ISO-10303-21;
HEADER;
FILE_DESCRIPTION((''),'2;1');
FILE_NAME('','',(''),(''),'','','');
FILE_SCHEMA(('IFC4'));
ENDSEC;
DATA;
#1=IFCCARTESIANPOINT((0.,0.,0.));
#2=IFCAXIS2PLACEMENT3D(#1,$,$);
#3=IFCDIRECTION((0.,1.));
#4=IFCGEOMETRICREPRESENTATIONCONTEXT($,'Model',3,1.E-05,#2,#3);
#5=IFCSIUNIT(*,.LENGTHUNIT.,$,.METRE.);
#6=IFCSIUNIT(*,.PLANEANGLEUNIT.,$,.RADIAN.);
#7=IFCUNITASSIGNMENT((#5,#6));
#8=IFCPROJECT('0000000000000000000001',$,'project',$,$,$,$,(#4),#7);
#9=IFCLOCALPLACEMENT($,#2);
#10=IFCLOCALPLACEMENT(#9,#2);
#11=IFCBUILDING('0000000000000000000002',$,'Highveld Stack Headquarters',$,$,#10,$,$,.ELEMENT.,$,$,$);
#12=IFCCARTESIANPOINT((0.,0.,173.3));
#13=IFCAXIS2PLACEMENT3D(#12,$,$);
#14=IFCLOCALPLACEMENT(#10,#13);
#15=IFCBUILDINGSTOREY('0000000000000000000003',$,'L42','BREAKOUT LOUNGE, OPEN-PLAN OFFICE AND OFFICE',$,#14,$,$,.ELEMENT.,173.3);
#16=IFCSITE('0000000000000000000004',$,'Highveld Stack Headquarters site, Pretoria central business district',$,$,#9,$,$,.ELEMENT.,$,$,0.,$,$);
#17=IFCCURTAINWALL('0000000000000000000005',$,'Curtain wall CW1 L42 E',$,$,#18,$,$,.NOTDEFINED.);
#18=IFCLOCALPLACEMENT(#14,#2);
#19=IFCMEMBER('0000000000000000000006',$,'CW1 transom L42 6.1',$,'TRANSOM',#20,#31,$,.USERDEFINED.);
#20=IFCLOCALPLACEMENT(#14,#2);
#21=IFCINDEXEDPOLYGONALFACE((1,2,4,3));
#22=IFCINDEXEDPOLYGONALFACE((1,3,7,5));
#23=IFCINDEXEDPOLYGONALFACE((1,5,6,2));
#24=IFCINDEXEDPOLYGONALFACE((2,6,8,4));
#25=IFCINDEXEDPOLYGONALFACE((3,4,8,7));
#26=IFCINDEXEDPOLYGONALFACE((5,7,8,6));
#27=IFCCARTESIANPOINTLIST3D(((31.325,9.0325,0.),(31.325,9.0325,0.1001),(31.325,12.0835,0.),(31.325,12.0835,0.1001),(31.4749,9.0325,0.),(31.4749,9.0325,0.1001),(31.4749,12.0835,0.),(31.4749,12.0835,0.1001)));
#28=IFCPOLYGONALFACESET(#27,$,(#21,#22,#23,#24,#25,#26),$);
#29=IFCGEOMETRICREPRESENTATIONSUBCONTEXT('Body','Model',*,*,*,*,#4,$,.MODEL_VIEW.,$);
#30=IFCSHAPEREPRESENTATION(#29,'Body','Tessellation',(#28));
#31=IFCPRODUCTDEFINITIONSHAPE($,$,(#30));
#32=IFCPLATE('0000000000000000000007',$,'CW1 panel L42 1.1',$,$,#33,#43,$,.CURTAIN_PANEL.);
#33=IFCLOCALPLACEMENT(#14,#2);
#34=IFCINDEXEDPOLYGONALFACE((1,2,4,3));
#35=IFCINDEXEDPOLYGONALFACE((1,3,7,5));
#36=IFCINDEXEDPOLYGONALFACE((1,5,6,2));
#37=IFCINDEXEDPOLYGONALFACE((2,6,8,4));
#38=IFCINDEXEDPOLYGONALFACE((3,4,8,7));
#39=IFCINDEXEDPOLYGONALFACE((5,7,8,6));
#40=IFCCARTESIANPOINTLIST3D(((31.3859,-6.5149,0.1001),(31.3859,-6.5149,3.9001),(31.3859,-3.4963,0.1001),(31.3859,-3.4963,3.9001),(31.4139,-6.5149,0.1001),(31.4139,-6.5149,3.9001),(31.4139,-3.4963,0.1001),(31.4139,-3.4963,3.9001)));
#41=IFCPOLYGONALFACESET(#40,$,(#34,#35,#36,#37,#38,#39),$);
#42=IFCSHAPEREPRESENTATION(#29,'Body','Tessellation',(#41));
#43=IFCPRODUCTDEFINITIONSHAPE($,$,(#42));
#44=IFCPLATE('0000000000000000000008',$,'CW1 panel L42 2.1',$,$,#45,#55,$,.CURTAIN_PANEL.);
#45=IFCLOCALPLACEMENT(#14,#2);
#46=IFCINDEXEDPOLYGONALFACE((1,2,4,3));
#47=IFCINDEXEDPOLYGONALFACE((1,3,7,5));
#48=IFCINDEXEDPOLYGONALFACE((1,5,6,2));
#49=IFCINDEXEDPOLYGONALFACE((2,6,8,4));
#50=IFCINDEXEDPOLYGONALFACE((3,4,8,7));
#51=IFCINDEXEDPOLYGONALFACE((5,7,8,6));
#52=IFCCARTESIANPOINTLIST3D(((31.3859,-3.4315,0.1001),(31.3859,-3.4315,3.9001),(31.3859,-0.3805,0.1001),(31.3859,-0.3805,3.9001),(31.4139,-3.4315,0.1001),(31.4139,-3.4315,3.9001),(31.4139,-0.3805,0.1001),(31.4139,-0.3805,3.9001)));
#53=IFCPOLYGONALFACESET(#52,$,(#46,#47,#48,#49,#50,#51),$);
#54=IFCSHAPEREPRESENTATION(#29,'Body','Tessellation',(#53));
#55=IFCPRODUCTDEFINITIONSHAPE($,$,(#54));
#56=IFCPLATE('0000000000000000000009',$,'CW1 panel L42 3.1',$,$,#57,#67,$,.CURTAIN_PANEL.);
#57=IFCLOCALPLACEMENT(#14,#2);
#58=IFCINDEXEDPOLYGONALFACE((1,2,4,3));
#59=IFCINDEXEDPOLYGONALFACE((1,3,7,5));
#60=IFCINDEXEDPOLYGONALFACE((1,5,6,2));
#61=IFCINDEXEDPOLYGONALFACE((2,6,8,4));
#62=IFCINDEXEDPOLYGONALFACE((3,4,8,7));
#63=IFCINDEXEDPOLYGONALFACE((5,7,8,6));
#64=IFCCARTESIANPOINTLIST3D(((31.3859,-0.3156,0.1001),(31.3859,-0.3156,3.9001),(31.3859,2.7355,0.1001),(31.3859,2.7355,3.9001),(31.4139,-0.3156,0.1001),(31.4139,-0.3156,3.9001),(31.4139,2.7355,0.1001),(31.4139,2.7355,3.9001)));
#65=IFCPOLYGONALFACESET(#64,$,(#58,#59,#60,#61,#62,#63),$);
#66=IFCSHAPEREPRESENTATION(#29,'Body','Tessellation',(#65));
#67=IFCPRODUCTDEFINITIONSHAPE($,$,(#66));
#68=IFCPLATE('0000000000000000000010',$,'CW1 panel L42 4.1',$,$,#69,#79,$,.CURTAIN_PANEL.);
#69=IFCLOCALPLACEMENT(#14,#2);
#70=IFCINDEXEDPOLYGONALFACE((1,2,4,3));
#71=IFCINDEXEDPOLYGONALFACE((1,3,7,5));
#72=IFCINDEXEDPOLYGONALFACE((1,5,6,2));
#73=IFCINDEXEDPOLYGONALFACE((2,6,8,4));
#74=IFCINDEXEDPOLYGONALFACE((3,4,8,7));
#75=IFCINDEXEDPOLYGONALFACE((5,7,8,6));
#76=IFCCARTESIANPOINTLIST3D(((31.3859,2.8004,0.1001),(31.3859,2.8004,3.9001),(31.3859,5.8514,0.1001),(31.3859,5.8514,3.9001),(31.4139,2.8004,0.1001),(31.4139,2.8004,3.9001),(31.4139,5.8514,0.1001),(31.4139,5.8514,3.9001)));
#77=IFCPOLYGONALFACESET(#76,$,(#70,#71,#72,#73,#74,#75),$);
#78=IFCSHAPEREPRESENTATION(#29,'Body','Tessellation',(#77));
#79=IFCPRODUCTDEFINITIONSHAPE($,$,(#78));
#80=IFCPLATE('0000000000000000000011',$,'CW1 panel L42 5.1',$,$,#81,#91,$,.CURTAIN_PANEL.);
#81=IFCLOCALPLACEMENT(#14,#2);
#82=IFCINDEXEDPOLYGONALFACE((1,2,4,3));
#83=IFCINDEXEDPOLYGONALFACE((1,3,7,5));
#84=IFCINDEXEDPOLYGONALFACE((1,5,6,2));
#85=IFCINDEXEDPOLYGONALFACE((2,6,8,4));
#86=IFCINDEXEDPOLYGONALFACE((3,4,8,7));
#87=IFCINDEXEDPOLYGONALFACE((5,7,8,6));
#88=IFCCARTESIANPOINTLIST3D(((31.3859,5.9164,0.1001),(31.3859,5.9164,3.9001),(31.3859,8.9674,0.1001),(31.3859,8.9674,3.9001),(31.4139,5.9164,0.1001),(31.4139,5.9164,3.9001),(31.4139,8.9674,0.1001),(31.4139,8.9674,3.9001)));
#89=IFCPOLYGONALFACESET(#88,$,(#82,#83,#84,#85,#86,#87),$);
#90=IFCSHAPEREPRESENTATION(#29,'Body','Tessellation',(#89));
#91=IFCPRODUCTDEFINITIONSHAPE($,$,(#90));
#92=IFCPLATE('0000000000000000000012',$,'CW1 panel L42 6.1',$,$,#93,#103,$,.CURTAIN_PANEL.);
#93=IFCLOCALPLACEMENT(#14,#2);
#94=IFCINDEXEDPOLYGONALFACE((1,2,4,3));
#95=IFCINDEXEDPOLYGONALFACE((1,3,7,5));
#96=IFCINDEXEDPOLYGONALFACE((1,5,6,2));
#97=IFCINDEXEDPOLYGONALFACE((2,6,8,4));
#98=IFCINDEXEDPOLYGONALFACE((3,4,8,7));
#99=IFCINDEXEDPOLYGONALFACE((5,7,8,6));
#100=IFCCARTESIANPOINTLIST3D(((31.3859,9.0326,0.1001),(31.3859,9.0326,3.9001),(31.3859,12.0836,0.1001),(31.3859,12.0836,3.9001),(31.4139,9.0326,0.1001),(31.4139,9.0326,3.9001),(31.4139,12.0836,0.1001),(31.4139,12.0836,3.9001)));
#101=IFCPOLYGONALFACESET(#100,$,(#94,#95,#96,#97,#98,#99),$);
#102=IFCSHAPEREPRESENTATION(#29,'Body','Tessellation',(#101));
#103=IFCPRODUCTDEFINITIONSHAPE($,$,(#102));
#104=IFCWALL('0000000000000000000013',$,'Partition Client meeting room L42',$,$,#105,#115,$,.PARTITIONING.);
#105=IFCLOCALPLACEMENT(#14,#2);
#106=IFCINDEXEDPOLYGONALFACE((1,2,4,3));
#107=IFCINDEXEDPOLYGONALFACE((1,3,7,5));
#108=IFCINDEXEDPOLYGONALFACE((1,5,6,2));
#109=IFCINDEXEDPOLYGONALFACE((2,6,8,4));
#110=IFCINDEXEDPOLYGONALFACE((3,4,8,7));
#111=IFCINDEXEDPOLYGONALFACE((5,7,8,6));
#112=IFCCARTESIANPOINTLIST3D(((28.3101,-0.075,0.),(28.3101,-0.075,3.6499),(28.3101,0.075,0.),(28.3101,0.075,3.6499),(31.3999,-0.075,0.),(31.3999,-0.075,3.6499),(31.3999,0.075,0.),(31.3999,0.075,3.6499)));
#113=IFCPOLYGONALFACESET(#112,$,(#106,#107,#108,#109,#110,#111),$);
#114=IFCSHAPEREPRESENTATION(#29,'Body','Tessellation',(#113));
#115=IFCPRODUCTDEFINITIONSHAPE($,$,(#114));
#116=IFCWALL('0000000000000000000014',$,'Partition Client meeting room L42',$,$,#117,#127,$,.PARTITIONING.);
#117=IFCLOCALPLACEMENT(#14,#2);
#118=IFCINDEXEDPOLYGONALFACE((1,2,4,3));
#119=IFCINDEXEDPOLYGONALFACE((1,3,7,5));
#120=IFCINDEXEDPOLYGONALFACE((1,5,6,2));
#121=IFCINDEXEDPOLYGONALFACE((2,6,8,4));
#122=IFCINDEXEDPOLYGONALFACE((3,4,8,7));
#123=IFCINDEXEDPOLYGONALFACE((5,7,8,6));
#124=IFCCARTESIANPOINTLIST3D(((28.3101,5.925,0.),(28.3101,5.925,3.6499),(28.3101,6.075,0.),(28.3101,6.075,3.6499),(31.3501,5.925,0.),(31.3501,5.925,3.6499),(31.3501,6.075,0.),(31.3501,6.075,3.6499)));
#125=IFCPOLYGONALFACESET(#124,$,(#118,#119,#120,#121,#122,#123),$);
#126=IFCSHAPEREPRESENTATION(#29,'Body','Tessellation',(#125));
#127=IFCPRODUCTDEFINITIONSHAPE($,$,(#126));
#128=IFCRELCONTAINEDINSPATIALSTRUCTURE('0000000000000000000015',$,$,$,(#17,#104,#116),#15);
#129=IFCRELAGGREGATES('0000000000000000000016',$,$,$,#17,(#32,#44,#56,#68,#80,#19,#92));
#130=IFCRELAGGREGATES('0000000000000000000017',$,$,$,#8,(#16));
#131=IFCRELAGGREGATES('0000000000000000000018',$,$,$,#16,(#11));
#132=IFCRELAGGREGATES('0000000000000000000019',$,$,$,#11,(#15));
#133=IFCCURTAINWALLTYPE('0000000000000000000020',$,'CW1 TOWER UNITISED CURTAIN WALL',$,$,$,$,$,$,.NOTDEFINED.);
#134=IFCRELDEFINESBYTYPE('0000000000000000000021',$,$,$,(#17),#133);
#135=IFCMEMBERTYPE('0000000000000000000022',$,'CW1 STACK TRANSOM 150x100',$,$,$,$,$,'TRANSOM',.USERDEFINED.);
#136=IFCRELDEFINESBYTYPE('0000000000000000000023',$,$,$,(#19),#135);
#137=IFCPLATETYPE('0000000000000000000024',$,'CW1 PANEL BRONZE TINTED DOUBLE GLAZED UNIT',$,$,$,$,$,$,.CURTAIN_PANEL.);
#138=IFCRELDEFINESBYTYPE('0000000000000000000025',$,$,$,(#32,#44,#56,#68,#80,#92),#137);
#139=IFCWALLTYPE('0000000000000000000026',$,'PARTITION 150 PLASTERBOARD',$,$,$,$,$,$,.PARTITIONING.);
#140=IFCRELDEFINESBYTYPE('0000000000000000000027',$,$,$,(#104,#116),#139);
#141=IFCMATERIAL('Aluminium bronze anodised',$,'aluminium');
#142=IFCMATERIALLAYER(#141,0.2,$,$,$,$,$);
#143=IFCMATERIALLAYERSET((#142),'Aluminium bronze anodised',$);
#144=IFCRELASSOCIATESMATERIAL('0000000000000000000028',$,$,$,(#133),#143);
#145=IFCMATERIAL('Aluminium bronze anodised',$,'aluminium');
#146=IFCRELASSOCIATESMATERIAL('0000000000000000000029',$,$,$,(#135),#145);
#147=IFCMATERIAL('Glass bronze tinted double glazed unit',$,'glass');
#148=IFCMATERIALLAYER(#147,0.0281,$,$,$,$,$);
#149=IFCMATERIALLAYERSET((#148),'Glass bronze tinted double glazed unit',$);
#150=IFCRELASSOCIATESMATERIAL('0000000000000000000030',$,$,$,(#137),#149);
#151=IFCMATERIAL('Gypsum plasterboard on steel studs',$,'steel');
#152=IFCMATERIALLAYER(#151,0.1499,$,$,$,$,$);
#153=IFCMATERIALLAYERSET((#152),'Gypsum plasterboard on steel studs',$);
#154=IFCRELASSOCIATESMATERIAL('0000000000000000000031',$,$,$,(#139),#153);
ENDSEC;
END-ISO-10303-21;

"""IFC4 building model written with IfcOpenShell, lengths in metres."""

from ifc_helpers import new_model, si_unit, direction, frame, frame_2d, origin, origin_2d, place, context, subcontext, project, spatial, rectangle, extrude, material, layer, layer_set, material_profile, profile_set, type_object, element, aggregate, save


model = new_model("IFC4")

# Units and contexts
model_context = context("Model", 3, precision=1e-05, world=origin(), true_north=direction((0.0, 1.0)))
body_context = subcontext(model_context, "Body", "Model", "MODEL_VIEW")
ifc_project = project(units=[si_unit("LENGTHUNIT", "METRE"), si_unit("PLANEANGLEUNIT", "RADIAN")], contexts=[model_context])

# Site, building, storey
site_placement = place(None, origin())
site = spatial("IfcSite", under=ifc_project, at=site_placement, Name="Highveld Stack Headquarters site, Pretoria central business district", CompositionType="ELEMENT", RefElevation=0.0)
building_placement = place(site_placement, origin())
building = spatial("IfcBuilding", under=site, at=building_placement, Name="Highveld Stack Headquarters", CompositionType="ELEMENT")
storey_placement = place(building_placement, frame((0.0, 0.0, 173.3)))
storey = spatial("IfcBuildingStorey", under=building, at=storey_placement, Name="L42", Description="BREAKOUT LOUNGE, OPEN-PLAN OFFICE AND OFFICE", CompositionType="ELEMENT", Elevation=173.3)

# Curtain wall, member, plates
ifc_material_1 = material(Name="Aluminium bronze anodised", Category="aluminium")
ifc_layer_1 = layer(ifc_material_1, 0.2)
ifc_layer_set_1 = layer_set([ifc_layer_1], Name="Aluminium bronze anodised")
curtain_wall_type = type_object("IfcCurtainWallType", Name="CW1 TOWER UNITISED CURTAIN WALL", PredefinedType="NOTDEFINED", material=ifc_layer_set_1)
curtain_wall_placement = place(storey_placement, origin())
curtain_wall = element("IfcCurtainWall", 1, at=curtain_wall_placement, inside=storey, type_object=curtain_wall_type, Name="Curtain wall CW1 L42 E", PredefinedType="NOTDEFINED")
ifc_material_2 = material(Name="Aluminium bronze anodised", Category="aluminium")
ifc_material_profile_1 = material_profile(ifc_material_2, rectangle(XDim=0.1499, YDim=0.1001, at=origin_2d()), Name="CW1 TRANSOM 150x100")
ifc_profile_set_1 = profile_set([ifc_material_profile_1], Name="Aluminium bronze anodised")
member_type_1 = type_object("IfcMemberType", Name="CW1 STACK TRANSOM 150x100", ElementType="TRANSOM", PredefinedType="USERDEFINED", material=ifc_profile_set_1)
member_1_placement = place(storey_placement, frame((31.3999, 9.0325, 0.05), z_axis=(0.0, 1.0, 0.0), x_axis=(-1.0, 0.0, 0.0)))
member_1 = element("IfcMember", 2, at=member_1_placement, type_object=member_type_1, Name="CW1 transom L42 6.1", ObjectType="TRANSOM", PredefinedType="USERDEFINED", context=body_context, shape_type="SweptSolid", body=[
    extrude(rectangle(XDim=0.1499, YDim=0.1001, at=origin_2d()), origin(), (0.0, 0.0, 1.0), 3.051),
])
ifc_material_3 = material(Name="Glass bronze tinted double glazed unit", Category="glass")
ifc_layer_2 = layer(ifc_material_3, 0.0281)
ifc_layer_set_2 = layer_set([ifc_layer_2], Name="Glass bronze tinted double glazed unit")
plate_type = type_object("IfcPlateType", Name="CW1 PANEL BRONZE TINTED DOUBLE GLAZED UNIT", PredefinedType="CURTAIN_PANEL", material=ifc_layer_set_2)
plate_1_placement = place(storey_placement, frame((31.3999, -5.0056, 0.1001), z_axis=(0.0, 0.0, 1.0), x_axis=(0.0, 1.0, 0.0)))
plate_1 = element("IfcPlate", 3, at=plate_1_placement, type_object=plate_type, Name="CW1 panel L42 1.1", PredefinedType="CURTAIN_PANEL", context=body_context, shape_type="SweptSolid", body=[
    extrude(rectangle(XDim=3.0186, YDim=0.0281, at=origin_2d()), origin(), (0.0, 0.0, 1.0), 3.8),
])
plate_2_placement = place(storey_placement, frame((31.3999, -1.906, 0.1001), z_axis=(0.0, 0.0, 1.0), x_axis=(0.0, 1.0, 0.0)))
plate_2 = element("IfcPlate", 4, at=plate_2_placement, type_object=plate_type, Name="CW1 panel L42 2.1", PredefinedType="CURTAIN_PANEL", context=body_context, shape_type="SweptSolid", body=[
    extrude(rectangle(XDim=3.051, YDim=0.0281, at=origin_2d()), origin(), (0.0, 0.0, 1.0), 3.8),
])
plate_3_placement = place(storey_placement, frame((31.3999, 1.21, 0.1001), z_axis=(0.0, 0.0, 1.0), x_axis=(0.0, 1.0, 0.0)))
plate_3 = element("IfcPlate", 5, at=plate_3_placement, type_object=plate_type, Name="CW1 panel L42 3.1", PredefinedType="CURTAIN_PANEL", context=body_context, shape_type="SweptSolid", body=[
    extrude(rectangle(XDim=3.051, YDim=0.0281, at=origin_2d()), origin(), (0.0, 0.0, 1.0), 3.8),
])
plate_4_placement = place(storey_placement, frame((31.3999, 4.3259, 0.1001), z_axis=(0.0, 0.0, 1.0), x_axis=(0.0, 1.0, 0.0)))
plate_4 = element("IfcPlate", 6, at=plate_4_placement, type_object=plate_type, Name="CW1 panel L42 4.1", PredefinedType="CURTAIN_PANEL", context=body_context, shape_type="SweptSolid", body=[
    extrude(rectangle(XDim=3.051, YDim=0.0281, at=origin_2d()), origin(), (0.0, 0.0, 1.0), 3.8),
])
plate_5_placement = place(storey_placement, frame((31.3999, 7.4419, 0.1001), z_axis=(0.0, 0.0, 1.0), x_axis=(0.0, 1.0, 0.0)))
plate_5 = element("IfcPlate", 7, at=plate_5_placement, type_object=plate_type, Name="CW1 panel L42 5.1", PredefinedType="CURTAIN_PANEL", context=body_context, shape_type="SweptSolid", body=[
    extrude(rectangle(XDim=3.051, YDim=0.0281, at=origin_2d()), origin(), (0.0, 0.0, 1.0), 3.8),
])
plate_6_placement = place(storey_placement, frame((31.3999, 10.5581, 0.1001), z_axis=(0.0, 0.0, 1.0), x_axis=(0.0, 1.0, 0.0)))
plate_6 = element("IfcPlate", 8, at=plate_6_placement, type_object=plate_type, Name="CW1 panel L42 6.1", PredefinedType="CURTAIN_PANEL", context=body_context, shape_type="SweptSolid", body=[
    extrude(rectangle(XDim=3.051, YDim=0.0281, at=origin_2d()), origin(), (0.0, 0.0, 1.0), 3.8),
])
aggregate(curtain_wall, [plate_1, plate_2, plate_3, plate_4, plate_5, member_1, plate_6])

# Walls
ifc_material_4 = material(Name="Gypsum plasterboard on steel studs", Category="steel")
ifc_layer_3 = layer(ifc_material_4, 0.1499)
ifc_layer_set_3 = layer_set([ifc_layer_3], Name="Gypsum plasterboard on steel studs")
wall_type = type_object("IfcWallType", Name="PARTITION 150 PLASTERBOARD", PredefinedType="PARTITIONING", material=ifc_layer_set_3)
wall_1_placement = place(storey_placement, frame((28.3101, 0.0, 0.0), z_axis=(0.0, 0.0, 1.0), x_axis=(1.0, 0.0, 0.0)))
element("IfcWall", 9, at=wall_1_placement, inside=storey, type_object=wall_type, Name="Partition Client meeting room L42", PredefinedType="PARTITIONING", context=body_context, shape_type="SweptSolid", body=[
    extrude(rectangle(XDim=3.0898, YDim=0.1499, at=frame_2d((1.5449, 0.0))), origin(), (0.0, 0.0, 1.0), 3.6499),
])
wall_2_placement = place(storey_placement, frame((28.3101, 6.0, 0.0), z_axis=(0.0, 0.0, 1.0), x_axis=(1.0, 0.0, 0.0)))
element("IfcWall", 10, at=wall_2_placement, inside=storey, type_object=wall_type, Name="Partition Client meeting room L42", PredefinedType="PARTITIONING", context=body_context, shape_type="SweptSolid", body=[
    extrude(rectangle(XDim=3.04, YDim=0.1499, at=frame_2d((1.52, 0.0))), origin(), (0.0, 0.0, 1.0), 3.6499),
])

save(model, "model.ifc")
